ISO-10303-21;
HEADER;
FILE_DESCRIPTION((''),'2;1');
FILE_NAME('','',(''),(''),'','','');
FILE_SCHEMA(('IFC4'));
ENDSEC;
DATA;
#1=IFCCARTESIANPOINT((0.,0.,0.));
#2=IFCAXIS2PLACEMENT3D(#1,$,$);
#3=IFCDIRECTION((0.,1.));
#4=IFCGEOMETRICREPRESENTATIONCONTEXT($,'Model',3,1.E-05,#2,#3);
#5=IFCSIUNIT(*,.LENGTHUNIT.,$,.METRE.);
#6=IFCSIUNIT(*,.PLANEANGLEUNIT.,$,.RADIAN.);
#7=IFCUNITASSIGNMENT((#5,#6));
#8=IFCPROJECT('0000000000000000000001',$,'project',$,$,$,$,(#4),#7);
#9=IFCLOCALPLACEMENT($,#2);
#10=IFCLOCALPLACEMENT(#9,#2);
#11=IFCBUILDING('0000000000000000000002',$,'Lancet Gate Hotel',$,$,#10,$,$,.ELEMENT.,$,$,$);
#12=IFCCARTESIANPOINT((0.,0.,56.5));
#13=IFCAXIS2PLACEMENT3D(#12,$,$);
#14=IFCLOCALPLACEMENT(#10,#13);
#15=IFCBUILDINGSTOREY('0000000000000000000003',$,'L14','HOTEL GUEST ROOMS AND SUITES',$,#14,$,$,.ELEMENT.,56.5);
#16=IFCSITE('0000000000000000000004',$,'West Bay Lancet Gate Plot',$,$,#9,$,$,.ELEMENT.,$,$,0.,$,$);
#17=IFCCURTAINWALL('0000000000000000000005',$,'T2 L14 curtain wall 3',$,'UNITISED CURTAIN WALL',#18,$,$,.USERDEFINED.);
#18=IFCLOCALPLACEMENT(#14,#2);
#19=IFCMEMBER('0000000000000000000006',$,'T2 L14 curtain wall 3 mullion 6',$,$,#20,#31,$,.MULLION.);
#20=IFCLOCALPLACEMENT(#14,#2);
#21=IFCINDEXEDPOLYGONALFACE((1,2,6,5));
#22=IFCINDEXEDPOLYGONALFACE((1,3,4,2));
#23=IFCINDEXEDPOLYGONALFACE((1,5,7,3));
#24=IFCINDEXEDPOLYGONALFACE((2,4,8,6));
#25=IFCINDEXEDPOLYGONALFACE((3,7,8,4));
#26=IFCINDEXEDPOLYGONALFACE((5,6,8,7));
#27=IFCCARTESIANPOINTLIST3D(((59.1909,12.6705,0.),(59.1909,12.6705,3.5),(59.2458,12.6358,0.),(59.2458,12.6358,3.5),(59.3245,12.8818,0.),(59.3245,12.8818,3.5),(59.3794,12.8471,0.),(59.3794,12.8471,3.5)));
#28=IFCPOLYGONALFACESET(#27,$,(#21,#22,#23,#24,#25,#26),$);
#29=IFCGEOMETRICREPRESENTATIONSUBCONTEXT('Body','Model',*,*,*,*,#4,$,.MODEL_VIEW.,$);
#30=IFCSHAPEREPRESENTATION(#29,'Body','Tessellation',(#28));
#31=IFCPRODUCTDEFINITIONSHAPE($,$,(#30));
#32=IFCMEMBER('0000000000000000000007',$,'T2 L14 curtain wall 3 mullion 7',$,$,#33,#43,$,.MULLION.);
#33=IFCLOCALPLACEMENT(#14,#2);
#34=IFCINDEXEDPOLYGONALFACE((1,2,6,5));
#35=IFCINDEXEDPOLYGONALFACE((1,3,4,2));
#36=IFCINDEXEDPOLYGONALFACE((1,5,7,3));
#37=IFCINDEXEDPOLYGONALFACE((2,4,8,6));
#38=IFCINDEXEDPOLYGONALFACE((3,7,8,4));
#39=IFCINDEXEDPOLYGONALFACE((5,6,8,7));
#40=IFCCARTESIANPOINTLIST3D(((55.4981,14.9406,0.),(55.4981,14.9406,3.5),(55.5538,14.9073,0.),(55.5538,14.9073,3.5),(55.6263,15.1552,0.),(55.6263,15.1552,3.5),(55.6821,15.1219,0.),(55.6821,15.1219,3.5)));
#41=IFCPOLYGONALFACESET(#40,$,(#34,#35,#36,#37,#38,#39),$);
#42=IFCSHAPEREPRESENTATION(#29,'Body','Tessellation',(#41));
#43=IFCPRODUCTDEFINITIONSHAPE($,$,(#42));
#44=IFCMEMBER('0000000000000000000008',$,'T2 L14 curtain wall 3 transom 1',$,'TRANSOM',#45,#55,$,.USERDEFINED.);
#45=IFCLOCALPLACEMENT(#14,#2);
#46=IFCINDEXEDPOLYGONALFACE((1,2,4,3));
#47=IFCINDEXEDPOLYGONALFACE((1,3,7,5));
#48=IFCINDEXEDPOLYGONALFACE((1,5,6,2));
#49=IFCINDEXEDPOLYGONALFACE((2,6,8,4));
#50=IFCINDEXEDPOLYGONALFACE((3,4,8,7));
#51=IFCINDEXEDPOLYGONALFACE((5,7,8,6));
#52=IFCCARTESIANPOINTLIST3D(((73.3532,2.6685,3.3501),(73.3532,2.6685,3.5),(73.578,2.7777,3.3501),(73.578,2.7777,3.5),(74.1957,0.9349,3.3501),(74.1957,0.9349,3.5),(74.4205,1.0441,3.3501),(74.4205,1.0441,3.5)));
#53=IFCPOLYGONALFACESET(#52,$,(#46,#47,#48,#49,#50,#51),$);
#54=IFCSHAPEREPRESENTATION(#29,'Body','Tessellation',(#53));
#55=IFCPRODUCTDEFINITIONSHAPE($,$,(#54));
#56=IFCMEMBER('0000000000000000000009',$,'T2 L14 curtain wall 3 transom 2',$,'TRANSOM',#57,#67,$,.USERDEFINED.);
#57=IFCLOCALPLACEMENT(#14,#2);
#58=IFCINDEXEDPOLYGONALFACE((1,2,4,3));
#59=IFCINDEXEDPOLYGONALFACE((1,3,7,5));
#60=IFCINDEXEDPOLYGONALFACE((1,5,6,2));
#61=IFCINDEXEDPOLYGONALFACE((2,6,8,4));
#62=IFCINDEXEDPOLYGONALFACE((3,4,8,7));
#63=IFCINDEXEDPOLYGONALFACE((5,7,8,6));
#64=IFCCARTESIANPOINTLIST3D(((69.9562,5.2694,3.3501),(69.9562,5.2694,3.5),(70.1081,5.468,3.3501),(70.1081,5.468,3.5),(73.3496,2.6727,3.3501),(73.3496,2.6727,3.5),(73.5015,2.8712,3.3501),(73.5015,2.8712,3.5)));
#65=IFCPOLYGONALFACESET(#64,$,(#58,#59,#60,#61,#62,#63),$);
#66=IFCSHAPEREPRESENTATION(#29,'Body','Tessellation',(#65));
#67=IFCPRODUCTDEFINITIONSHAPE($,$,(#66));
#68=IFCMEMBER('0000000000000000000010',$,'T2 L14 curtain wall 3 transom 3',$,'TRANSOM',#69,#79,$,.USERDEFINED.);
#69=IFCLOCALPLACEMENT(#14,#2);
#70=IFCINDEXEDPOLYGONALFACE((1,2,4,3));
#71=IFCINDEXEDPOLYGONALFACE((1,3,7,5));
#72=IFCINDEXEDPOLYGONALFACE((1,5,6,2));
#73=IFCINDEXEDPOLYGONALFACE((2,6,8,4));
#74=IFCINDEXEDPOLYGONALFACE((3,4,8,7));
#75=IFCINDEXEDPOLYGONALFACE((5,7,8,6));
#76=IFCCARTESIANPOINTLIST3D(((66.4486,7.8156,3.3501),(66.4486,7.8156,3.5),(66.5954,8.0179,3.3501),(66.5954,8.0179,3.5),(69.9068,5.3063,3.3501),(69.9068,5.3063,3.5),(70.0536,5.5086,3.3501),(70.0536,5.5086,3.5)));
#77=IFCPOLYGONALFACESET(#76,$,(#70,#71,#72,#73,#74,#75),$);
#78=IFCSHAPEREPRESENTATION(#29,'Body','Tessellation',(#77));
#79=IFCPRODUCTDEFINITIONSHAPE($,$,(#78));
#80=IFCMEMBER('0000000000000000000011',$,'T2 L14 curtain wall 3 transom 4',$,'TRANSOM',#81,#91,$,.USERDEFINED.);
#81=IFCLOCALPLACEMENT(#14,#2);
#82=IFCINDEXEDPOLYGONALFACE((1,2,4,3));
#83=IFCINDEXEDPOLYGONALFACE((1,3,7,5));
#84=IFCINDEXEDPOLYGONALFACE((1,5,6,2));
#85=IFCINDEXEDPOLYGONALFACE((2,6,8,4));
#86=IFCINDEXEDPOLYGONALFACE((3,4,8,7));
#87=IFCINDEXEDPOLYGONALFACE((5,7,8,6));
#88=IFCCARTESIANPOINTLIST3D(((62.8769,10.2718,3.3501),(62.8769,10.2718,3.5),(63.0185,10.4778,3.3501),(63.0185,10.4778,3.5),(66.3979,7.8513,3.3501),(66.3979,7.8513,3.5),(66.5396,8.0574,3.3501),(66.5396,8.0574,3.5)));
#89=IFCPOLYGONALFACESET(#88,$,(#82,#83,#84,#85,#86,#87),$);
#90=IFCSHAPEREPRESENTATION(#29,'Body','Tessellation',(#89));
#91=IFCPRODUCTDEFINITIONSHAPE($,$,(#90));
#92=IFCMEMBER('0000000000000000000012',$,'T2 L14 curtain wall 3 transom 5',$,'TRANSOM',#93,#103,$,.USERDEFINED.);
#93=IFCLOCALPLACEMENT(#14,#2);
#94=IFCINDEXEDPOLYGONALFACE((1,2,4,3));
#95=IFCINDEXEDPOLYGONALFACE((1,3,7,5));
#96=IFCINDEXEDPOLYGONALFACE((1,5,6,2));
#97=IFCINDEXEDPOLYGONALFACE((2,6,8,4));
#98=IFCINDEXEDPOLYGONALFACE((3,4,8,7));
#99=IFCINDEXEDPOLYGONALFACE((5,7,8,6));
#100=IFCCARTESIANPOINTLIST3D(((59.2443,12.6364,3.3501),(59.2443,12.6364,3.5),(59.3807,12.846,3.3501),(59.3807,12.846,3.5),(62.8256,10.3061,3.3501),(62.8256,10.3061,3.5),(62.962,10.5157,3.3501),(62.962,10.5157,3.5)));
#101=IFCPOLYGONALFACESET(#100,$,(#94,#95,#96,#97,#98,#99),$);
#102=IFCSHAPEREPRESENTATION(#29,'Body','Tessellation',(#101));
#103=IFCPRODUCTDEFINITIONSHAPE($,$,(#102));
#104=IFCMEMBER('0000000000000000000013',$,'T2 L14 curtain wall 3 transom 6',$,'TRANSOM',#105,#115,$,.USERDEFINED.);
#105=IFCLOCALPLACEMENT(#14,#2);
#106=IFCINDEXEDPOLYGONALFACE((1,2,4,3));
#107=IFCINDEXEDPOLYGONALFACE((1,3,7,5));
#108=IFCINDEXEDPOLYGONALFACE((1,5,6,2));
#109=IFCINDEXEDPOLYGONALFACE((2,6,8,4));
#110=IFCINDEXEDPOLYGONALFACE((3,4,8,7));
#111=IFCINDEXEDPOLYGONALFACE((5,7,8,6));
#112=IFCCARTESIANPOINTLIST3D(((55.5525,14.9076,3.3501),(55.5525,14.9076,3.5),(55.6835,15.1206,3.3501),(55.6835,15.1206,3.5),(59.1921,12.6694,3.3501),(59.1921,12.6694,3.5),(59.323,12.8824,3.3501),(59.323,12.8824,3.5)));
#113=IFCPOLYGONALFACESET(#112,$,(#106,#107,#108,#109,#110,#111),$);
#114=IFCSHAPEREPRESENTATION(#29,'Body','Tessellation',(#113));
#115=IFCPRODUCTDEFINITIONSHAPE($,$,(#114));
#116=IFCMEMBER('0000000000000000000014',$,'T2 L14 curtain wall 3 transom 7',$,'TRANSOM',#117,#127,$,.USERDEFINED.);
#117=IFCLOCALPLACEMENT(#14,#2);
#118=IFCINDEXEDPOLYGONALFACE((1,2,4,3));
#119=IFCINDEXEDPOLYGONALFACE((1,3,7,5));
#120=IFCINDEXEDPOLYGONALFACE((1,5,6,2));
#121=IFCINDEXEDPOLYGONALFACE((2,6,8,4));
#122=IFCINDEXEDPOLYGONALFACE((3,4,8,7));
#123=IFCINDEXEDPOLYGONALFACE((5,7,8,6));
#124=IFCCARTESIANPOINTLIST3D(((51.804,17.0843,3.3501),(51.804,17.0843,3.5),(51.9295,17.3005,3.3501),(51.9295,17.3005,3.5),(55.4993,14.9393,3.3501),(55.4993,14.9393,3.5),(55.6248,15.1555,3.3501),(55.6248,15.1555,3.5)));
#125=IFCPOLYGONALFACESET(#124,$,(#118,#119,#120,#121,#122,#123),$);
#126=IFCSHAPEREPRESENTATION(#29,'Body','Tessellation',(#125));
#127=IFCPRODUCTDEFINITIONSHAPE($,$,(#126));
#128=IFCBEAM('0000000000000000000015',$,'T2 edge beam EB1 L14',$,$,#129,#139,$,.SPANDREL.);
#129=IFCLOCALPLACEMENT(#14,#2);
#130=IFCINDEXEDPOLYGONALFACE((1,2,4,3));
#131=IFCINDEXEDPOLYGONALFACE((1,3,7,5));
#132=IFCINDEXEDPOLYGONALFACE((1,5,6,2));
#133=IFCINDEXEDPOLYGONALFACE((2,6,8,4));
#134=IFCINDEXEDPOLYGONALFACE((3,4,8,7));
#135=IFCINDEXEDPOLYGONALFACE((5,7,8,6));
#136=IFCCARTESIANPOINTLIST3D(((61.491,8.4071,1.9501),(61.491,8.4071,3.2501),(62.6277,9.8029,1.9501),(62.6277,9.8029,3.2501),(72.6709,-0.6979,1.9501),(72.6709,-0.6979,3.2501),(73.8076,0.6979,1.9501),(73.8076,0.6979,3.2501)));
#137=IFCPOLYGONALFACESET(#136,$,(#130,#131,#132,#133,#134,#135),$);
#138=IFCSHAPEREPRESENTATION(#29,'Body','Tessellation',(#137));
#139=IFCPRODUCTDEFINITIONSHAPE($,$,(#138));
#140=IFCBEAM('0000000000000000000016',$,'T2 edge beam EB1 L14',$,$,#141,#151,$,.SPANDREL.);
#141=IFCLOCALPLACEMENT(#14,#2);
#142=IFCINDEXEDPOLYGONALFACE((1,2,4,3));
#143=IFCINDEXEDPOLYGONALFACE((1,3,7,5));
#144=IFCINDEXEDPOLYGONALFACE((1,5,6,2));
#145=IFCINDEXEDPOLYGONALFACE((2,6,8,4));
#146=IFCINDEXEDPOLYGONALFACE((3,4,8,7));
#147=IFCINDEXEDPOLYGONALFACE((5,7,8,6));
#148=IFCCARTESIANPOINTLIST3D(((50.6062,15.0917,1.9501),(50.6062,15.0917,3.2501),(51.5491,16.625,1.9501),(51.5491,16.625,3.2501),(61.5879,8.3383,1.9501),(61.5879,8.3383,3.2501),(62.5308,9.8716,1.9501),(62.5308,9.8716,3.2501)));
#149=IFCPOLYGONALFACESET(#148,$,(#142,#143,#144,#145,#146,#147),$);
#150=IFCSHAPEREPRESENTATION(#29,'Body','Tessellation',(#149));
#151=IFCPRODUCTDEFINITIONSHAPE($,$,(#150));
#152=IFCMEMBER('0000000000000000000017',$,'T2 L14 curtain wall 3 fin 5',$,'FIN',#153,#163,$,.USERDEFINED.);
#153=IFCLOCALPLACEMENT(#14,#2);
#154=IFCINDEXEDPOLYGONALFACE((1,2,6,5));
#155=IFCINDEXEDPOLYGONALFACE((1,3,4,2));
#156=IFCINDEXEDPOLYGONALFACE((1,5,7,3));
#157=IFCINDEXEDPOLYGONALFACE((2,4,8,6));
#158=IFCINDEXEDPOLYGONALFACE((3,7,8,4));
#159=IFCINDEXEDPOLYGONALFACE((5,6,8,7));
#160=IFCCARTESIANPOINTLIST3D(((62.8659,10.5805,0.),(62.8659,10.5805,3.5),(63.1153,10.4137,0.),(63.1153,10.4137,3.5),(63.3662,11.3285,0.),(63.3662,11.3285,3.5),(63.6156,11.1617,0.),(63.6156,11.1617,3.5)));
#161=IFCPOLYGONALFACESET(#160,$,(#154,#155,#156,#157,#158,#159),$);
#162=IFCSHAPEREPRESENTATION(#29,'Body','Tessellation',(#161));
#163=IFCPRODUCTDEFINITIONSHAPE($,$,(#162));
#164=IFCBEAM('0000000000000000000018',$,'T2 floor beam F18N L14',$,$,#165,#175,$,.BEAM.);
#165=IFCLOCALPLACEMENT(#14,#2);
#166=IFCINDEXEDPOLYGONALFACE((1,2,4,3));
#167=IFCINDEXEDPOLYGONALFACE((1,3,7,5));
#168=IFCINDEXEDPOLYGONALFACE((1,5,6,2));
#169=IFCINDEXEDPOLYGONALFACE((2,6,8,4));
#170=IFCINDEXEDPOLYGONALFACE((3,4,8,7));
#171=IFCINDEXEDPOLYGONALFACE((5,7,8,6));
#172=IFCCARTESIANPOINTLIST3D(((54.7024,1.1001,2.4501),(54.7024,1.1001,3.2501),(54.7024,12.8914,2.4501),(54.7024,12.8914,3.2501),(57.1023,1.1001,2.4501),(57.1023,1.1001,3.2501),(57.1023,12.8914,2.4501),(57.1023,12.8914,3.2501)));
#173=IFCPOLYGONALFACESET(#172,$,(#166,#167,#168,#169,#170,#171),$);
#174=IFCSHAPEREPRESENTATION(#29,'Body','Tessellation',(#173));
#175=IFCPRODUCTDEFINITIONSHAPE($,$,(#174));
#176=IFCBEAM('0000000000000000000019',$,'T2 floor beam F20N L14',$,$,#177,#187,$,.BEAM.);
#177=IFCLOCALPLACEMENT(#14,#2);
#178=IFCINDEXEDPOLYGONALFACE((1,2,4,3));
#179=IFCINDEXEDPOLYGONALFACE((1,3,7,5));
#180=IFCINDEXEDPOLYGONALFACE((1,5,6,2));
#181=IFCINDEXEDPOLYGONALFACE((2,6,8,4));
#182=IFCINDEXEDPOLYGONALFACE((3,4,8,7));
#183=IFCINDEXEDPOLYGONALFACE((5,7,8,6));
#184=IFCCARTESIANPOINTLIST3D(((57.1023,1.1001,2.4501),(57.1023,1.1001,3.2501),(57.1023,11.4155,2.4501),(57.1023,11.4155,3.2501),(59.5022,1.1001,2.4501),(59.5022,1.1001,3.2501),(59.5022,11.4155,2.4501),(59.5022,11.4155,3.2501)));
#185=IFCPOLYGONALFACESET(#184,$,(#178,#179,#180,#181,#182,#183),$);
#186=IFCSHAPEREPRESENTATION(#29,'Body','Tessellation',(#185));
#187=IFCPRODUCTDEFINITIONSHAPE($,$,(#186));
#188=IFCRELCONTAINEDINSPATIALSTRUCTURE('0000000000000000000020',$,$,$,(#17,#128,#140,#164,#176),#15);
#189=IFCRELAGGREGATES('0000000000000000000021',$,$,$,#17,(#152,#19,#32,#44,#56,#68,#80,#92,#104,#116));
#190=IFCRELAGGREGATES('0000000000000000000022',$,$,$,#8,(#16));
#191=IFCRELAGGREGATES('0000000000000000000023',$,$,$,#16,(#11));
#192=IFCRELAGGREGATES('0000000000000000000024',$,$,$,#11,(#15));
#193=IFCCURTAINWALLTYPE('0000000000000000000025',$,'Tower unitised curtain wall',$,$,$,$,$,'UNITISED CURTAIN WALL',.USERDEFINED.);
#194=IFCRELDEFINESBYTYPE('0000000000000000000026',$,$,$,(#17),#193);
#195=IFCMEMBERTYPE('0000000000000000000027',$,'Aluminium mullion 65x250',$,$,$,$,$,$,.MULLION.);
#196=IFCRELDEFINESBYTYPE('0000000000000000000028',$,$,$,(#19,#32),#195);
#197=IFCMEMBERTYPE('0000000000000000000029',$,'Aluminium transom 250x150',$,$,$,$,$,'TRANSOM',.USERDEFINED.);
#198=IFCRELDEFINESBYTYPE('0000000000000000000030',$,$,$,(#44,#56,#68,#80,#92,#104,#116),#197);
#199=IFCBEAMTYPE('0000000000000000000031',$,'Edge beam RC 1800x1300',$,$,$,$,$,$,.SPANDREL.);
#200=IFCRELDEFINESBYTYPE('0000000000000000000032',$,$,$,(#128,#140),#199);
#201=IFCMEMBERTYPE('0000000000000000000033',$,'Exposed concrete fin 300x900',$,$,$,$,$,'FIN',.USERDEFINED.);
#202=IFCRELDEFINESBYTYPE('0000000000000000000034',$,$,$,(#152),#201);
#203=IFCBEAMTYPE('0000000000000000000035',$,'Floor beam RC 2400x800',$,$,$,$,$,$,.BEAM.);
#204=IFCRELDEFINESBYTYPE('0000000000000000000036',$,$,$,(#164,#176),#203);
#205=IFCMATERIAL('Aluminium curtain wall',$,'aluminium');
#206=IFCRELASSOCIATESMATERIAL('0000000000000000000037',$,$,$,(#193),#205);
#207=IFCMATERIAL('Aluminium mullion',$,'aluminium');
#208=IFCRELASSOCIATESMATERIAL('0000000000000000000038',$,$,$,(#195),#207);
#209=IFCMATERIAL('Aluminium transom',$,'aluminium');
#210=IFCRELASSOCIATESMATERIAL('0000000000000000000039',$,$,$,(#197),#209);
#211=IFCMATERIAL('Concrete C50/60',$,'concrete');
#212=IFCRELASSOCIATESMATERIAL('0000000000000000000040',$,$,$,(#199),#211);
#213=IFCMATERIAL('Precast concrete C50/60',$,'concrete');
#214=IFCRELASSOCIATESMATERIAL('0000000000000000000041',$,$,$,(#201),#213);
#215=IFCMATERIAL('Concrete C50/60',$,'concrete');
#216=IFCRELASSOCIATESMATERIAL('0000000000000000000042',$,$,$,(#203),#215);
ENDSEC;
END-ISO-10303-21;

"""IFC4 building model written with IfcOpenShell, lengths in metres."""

from ifc_helpers import new_model, si_unit, direction, frame, origin, origin_2d, place, context, subcontext, project, spatial, rectangle, extrude, material, material_profile, profile_set, type_object, element, aggregate, save


model = new_model("IFC4")

# Units and contexts
model_context = context("Model", 3, precision=1e-05, world=origin(), true_north=direction((0.0, 1.0)))
body_context = subcontext(model_context, "Body", "Model", "MODEL_VIEW")
ifc_project = project(units=[si_unit("LENGTHUNIT", "METRE"), si_unit("PLANEANGLEUNIT", "RADIAN")], contexts=[model_context])

# Site, building, storey
site_placement = place(None, origin())
site = spatial("IfcSite", under=ifc_project, at=site_placement, Name="West Bay Lancet Gate Plot", CompositionType="ELEMENT", RefElevation=0.0)
building_placement = place(site_placement, origin())
building = spatial("IfcBuilding", under=site, at=building_placement, Name="Lancet Gate Hotel", CompositionType="ELEMENT")
storey_placement = place(building_placement, frame((0.0, 0.0, 56.5)))
storey = spatial("IfcBuildingStorey", under=building, at=storey_placement, Name="L14", Description="HOTEL GUEST ROOMS AND SUITES", CompositionType="ELEMENT", Elevation=56.5)

# Curtain wall, members
ifc_material_1 = material(Name="Aluminium curtain wall", Category="aluminium")
curtain_wall_type = type_object("IfcCurtainWallType", Name="Tower unitised curtain wall", ElementType="UNITISED CURTAIN WALL", PredefinedType="USERDEFINED", material=ifc_material_1)
curtain_wall_placement = place(storey_placement, origin())
curtain_wall = element("IfcCurtainWall", 1, at=curtain_wall_placement, inside=storey, type_object=curtain_wall_type, Name="T2 L14 curtain wall 3", ObjectType="UNITISED CURTAIN WALL", PredefinedType="USERDEFINED")
ifc_material_2 = material(Name="Aluminium mullion", Category="aluminium")
ifc_material_profile_1 = material_profile(ifc_material_2, rectangle(XDim=0.0649, YDim=0.25, at=origin_2d()), Name="MULLION 65x250")
ifc_profile_set_1 = profile_set([ifc_material_profile_1], Name="Aluminium mullion")
member_type_1 = type_object("IfcMemberType", Name="Aluminium mullion 65x250", PredefinedType="MULLION", material=ifc_profile_set_1)
member_1_placement = place(storey_placement, frame((59.2852, 12.7588, 0.0), z_axis=(0.0, 0.0, 1.0), x_axis=(-0.845079, 0.534641, 0.0)))
member_1 = element("IfcMember", 2, at=member_1_placement, type_object=member_type_1, Name="T2 L14 curtain wall 3 mullion 6", PredefinedType="MULLION", context=body_context, shape_type="SweptSolid", body=[
    extrude(rectangle(XDim=0.0649, YDim=0.25, at=origin_2d()), origin(), (0.0, 0.0, 1.0), 3.5),
])
member_2_placement = place(storey_placement, frame((55.5901, 15.0312, 0.0), z_axis=(0.0, 0.0, 1.0), x_axis=(-0.858413, 0.512959, 0.0)))
member_2 = element("IfcMember", 3, at=member_2_placement, type_object=member_type_1, Name="T2 L14 curtain wall 3 mullion 7", PredefinedType="MULLION", context=body_context, shape_type="SweptSolid", body=[
    extrude(rectangle(XDim=0.0649, YDim=0.25, at=origin_2d()), origin(), (0.0, 0.0, 1.0), 3.5),
])
ifc_material_3 = material(Name="Aluminium transom", Category="aluminium")
ifc_material_profile_2 = material_profile(ifc_material_3, rectangle(XDim=0.25, YDim=0.1499, at=origin_2d()), Name="TRANSOM 250x150")
ifc_profile_set_2 = profile_set([ifc_material_profile_2], Name="Aluminium transom")
member_type_2 = type_object("IfcMemberType", Name="Aluminium transom 250x150", ElementType="TRANSOM", PredefinedType="USERDEFINED", material=ifc_profile_set_2)
member_3_placement = place(storey_placement, frame((74.3081, 0.9895, 3.425), z_axis=(-0.437103, 0.899411, 0.0), x_axis=(-0.899411, -0.437103, 0.0)))
member_3 = element("IfcMember", 4, at=member_3_placement, type_object=member_type_2, Name="T2 L14 curtain wall 3 transom 1", ObjectType="TRANSOM", PredefinedType="USERDEFINED", context=body_context, shape_type="SweptSolid", body=[
    extrude(rectangle(XDim=0.25, YDim=0.1499, at=origin_2d()), origin(), (0.0, 0.0, 1.0), 1.9275),
])
member_4_placement = place(storey_placement, frame((73.4255, 2.772, 3.425), z_axis=(-0.794155, 0.607715, 0.0), x_axis=(-0.607715, -0.794155, 0.0)))
member_4 = element("IfcMember", 5, at=member_4_placement, type_object=member_type_2, Name="T2 L14 curtain wall 3 transom 2", ObjectType="TRANSOM", PredefinedType="USERDEFINED", context=body_context, shape_type="SweptSolid", body=[
    extrude(rectangle(XDim=0.25, YDim=0.1499, at=origin_2d()), origin(), (0.0, 0.0, 1.0), 4.2729),
])
member_5_placement = place(storey_placement, frame((69.9802, 5.4075, 3.425), z_axis=(-0.809383, 0.587281, 0.0), x_axis=(-0.587281, -0.809383, 0.0)))
member_5 = element("IfcMember", 6, at=member_5_placement, type_object=member_type_2, Name="T2 L14 curtain wall 3 transom 3", ObjectType="TRANSOM", PredefinedType="USERDEFINED", context=body_context, shape_type="SweptSolid", body=[
    extrude(rectangle(XDim=0.25, YDim=0.1499, at=origin_2d()), origin(), (0.0, 0.0, 1.0), 4.2727),
])
member_6_placement = place(storey_placement, frame((66.4688, 7.9543, 3.425), z_axis=(-0.824072, 0.566485, 0.0), x_axis=(-0.566485, -0.824072, 0.0)))
member_6 = element("IfcMember", 7, at=member_6_placement, type_object=member_type_2, Name="T2 L14 curtain wall 3 transom 4", ObjectType="TRANSOM", PredefinedType="USERDEFINED", context=body_context, shape_type="SweptSolid", body=[
    extrude(rectangle(XDim=0.25, YDim=0.1499, at=origin_2d()), origin(), (0.0, 0.0, 1.0), 4.2727),
])
member_7_placement = place(storey_placement, frame((62.8938, 10.4109, 3.425), z_axis=(-0.838179, 0.545396, 0.0), x_axis=(-0.545396, -0.838179, 0.0)))
member_7 = element("IfcMember", 8, at=member_7_placement, type_object=member_type_2, Name="T2 L14 curtain wall 3 transom 5", ObjectType="TRANSOM", PredefinedType="USERDEFINED", context=body_context, shape_type="SweptSolid", body=[
    extrude(rectangle(XDim=0.25, YDim=0.1499, at=origin_2d()), origin(), (0.0, 0.0, 1.0), 4.2727),
])
member_8_placement = place(storey_placement, frame((59.2576, 12.7759, 3.425), z_axis=(-0.851815, 0.523842, 0.0), x_axis=(-0.523842, -0.851815, 0.0)))
member_8 = element("IfcMember", 9, at=member_8_placement, type_object=member_type_2, Name="T2 L14 curtain wall 3 transom 6", ObjectType="TRANSOM", PredefinedType="USERDEFINED", context=body_context, shape_type="SweptSolid", body=[
    extrude(rectangle(XDim=0.25, YDim=0.1499, at=origin_2d()), origin(), (0.0, 0.0, 1.0), 4.2727),
])
member_9_placement = place(storey_placement, frame((55.562, 15.0474, 3.425), z_axis=(-0.864855, 0.502022, 0.0), x_axis=(-0.502022, -0.864855, 0.0)))
member_9 = element("IfcMember", 10, at=member_9_placement, type_object=member_type_2, Name="T2 L14 curtain wall 3 transom 7", ObjectType="TRANSOM", PredefinedType="USERDEFINED", context=body_context, shape_type="SweptSolid", body=[
    extrude(rectangle(XDim=0.25, YDim=0.1499, at=origin_2d()), origin(), (0.0, 0.0, 1.0), 4.2727),
])

# Beams
ifc_material_4 = material(Name="Concrete C50/60", Category="concrete")
ifc_material_profile_3 = material_profile(ifc_material_4, rectangle(XDim=1.8, YDim=1.3, at=origin_2d()), Name="RC 1800x1300")
ifc_profile_set_3 = profile_set([ifc_material_profile_3], Name="Concrete C50/60")
beam_type_1 = type_object("IfcBeamType", Name="Edge beam RC 1800x1300", PredefinedType="SPANDREL", material=ifc_profile_set_3)
beam_1_placement = place(storey_placement, frame((73.2393, 0.0, 2.6001), z_axis=(-0.775391, 0.631481, 0.0), x_axis=(-0.631481, -0.775391, 0.0)))
element("IfcBeam", 11, at=beam_1_placement, inside=storey, type_object=beam_type_1, Name="T2 edge beam EB1 L14", PredefinedType="SPANDREL", context=body_context, shape_type="SweptSolid", body=[
    extrude(rectangle(XDim=1.8, YDim=1.3, at=origin_2d()), origin(), (0.0, 0.0, 1.0), 14.4185),
])
beam_2_placement = place(storey_placement, frame((62.0593, 9.105, 2.6001), z_axis=(-0.851816, 0.523842, 0.0), x_axis=(-0.523842, -0.851816, 0.0)))
element("IfcBeam", 12, at=beam_2_placement, inside=storey, type_object=beam_type_1, Name="T2 edge beam EB1 L14", PredefinedType="SPANDREL", context=body_context, shape_type="SweptSolid", body=[
    extrude(rectangle(XDim=1.8, YDim=1.3, at=origin_2d()), origin(), (0.0, 0.0, 1.0), 12.8921),
])

# Member
ifc_material_5 = material(Name="Precast concrete C50/60", Category="concrete")
ifc_material_profile_4 = material_profile(ifc_material_5, rectangle(XDim=0.3, YDim=0.8999, at=origin_2d()), Name="FIN 300x900")
ifc_profile_set_4 = profile_set([ifc_material_profile_4], Name="Precast concrete C50/60")
member_type_3 = type_object("IfcMemberType", Name="Exposed concrete fin 300x900", ElementType="FIN", PredefinedType="USERDEFINED", material=ifc_profile_set_4)
member_10_placement = place(storey_placement, frame((63.2407, 10.8711, 0.0), z_axis=(0.0, 0.0, 1.0), x_axis=(-0.831198, 0.555976, 0.0)))
member_10 = element("IfcMember", 13, at=member_10_placement, type_object=member_type_3, Name="T2 L14 curtain wall 3 fin 5", ObjectType="FIN", PredefinedType="USERDEFINED", context=body_context, shape_type="SweptSolid", body=[
    extrude(rectangle(XDim=0.3, YDim=0.8999, at=origin_2d()), origin(), (0.0, 0.0, 1.0), 3.5),
])

# Beams
ifc_material_6 = material(Name="Concrete C50/60", Category="concrete")
ifc_material_profile_5 = material_profile(ifc_material_6, rectangle(XDim=2.3999, YDim=0.8, at=origin_2d()), Name="RC 2400x800")
ifc_profile_set_5 = profile_set([ifc_material_profile_5], Name="Concrete C50/60")
beam_type_2 = type_object("IfcBeamType", Name="Floor beam RC 2400x800", PredefinedType="BEAM", material=ifc_profile_set_5)
beam_3_placement = place(storey_placement, frame((55.9023, 1.1001, 2.8501), z_axis=(0.0, 1.0, 0.0), x_axis=(-1.0, 0.0, 0.0)))
element("IfcBeam", 14, at=beam_3_placement, inside=storey, type_object=beam_type_2, Name="T2 floor beam F18N L14", PredefinedType="BEAM", context=body_context, shape_type="SweptSolid", body=[
    extrude(rectangle(XDim=2.3999, YDim=0.8, at=origin_2d()), origin(), (0.0, 0.0, 1.0), 11.7913),
])
beam_4_placement = place(storey_placement, frame((58.3022, 1.1001, 2.8501), z_axis=(0.0, 1.0, 0.0), x_axis=(-1.0, 0.0, 0.0)))
element("IfcBeam", 15, at=beam_4_placement, inside=storey, type_object=beam_type_2, Name="T2 floor beam F20N L14", PredefinedType="BEAM", context=body_context, shape_type="SweptSolid", body=[
    extrude(rectangle(XDim=2.3999, YDim=0.8, at=origin_2d()), origin(), (0.0, 0.0, 1.0), 10.3154),
])

aggregate(curtain_wall, [member_10, member_1, member_2, member_3, member_4, member_5, member_6, member_7, member_8, member_9])

save(model, "model.ifc")
